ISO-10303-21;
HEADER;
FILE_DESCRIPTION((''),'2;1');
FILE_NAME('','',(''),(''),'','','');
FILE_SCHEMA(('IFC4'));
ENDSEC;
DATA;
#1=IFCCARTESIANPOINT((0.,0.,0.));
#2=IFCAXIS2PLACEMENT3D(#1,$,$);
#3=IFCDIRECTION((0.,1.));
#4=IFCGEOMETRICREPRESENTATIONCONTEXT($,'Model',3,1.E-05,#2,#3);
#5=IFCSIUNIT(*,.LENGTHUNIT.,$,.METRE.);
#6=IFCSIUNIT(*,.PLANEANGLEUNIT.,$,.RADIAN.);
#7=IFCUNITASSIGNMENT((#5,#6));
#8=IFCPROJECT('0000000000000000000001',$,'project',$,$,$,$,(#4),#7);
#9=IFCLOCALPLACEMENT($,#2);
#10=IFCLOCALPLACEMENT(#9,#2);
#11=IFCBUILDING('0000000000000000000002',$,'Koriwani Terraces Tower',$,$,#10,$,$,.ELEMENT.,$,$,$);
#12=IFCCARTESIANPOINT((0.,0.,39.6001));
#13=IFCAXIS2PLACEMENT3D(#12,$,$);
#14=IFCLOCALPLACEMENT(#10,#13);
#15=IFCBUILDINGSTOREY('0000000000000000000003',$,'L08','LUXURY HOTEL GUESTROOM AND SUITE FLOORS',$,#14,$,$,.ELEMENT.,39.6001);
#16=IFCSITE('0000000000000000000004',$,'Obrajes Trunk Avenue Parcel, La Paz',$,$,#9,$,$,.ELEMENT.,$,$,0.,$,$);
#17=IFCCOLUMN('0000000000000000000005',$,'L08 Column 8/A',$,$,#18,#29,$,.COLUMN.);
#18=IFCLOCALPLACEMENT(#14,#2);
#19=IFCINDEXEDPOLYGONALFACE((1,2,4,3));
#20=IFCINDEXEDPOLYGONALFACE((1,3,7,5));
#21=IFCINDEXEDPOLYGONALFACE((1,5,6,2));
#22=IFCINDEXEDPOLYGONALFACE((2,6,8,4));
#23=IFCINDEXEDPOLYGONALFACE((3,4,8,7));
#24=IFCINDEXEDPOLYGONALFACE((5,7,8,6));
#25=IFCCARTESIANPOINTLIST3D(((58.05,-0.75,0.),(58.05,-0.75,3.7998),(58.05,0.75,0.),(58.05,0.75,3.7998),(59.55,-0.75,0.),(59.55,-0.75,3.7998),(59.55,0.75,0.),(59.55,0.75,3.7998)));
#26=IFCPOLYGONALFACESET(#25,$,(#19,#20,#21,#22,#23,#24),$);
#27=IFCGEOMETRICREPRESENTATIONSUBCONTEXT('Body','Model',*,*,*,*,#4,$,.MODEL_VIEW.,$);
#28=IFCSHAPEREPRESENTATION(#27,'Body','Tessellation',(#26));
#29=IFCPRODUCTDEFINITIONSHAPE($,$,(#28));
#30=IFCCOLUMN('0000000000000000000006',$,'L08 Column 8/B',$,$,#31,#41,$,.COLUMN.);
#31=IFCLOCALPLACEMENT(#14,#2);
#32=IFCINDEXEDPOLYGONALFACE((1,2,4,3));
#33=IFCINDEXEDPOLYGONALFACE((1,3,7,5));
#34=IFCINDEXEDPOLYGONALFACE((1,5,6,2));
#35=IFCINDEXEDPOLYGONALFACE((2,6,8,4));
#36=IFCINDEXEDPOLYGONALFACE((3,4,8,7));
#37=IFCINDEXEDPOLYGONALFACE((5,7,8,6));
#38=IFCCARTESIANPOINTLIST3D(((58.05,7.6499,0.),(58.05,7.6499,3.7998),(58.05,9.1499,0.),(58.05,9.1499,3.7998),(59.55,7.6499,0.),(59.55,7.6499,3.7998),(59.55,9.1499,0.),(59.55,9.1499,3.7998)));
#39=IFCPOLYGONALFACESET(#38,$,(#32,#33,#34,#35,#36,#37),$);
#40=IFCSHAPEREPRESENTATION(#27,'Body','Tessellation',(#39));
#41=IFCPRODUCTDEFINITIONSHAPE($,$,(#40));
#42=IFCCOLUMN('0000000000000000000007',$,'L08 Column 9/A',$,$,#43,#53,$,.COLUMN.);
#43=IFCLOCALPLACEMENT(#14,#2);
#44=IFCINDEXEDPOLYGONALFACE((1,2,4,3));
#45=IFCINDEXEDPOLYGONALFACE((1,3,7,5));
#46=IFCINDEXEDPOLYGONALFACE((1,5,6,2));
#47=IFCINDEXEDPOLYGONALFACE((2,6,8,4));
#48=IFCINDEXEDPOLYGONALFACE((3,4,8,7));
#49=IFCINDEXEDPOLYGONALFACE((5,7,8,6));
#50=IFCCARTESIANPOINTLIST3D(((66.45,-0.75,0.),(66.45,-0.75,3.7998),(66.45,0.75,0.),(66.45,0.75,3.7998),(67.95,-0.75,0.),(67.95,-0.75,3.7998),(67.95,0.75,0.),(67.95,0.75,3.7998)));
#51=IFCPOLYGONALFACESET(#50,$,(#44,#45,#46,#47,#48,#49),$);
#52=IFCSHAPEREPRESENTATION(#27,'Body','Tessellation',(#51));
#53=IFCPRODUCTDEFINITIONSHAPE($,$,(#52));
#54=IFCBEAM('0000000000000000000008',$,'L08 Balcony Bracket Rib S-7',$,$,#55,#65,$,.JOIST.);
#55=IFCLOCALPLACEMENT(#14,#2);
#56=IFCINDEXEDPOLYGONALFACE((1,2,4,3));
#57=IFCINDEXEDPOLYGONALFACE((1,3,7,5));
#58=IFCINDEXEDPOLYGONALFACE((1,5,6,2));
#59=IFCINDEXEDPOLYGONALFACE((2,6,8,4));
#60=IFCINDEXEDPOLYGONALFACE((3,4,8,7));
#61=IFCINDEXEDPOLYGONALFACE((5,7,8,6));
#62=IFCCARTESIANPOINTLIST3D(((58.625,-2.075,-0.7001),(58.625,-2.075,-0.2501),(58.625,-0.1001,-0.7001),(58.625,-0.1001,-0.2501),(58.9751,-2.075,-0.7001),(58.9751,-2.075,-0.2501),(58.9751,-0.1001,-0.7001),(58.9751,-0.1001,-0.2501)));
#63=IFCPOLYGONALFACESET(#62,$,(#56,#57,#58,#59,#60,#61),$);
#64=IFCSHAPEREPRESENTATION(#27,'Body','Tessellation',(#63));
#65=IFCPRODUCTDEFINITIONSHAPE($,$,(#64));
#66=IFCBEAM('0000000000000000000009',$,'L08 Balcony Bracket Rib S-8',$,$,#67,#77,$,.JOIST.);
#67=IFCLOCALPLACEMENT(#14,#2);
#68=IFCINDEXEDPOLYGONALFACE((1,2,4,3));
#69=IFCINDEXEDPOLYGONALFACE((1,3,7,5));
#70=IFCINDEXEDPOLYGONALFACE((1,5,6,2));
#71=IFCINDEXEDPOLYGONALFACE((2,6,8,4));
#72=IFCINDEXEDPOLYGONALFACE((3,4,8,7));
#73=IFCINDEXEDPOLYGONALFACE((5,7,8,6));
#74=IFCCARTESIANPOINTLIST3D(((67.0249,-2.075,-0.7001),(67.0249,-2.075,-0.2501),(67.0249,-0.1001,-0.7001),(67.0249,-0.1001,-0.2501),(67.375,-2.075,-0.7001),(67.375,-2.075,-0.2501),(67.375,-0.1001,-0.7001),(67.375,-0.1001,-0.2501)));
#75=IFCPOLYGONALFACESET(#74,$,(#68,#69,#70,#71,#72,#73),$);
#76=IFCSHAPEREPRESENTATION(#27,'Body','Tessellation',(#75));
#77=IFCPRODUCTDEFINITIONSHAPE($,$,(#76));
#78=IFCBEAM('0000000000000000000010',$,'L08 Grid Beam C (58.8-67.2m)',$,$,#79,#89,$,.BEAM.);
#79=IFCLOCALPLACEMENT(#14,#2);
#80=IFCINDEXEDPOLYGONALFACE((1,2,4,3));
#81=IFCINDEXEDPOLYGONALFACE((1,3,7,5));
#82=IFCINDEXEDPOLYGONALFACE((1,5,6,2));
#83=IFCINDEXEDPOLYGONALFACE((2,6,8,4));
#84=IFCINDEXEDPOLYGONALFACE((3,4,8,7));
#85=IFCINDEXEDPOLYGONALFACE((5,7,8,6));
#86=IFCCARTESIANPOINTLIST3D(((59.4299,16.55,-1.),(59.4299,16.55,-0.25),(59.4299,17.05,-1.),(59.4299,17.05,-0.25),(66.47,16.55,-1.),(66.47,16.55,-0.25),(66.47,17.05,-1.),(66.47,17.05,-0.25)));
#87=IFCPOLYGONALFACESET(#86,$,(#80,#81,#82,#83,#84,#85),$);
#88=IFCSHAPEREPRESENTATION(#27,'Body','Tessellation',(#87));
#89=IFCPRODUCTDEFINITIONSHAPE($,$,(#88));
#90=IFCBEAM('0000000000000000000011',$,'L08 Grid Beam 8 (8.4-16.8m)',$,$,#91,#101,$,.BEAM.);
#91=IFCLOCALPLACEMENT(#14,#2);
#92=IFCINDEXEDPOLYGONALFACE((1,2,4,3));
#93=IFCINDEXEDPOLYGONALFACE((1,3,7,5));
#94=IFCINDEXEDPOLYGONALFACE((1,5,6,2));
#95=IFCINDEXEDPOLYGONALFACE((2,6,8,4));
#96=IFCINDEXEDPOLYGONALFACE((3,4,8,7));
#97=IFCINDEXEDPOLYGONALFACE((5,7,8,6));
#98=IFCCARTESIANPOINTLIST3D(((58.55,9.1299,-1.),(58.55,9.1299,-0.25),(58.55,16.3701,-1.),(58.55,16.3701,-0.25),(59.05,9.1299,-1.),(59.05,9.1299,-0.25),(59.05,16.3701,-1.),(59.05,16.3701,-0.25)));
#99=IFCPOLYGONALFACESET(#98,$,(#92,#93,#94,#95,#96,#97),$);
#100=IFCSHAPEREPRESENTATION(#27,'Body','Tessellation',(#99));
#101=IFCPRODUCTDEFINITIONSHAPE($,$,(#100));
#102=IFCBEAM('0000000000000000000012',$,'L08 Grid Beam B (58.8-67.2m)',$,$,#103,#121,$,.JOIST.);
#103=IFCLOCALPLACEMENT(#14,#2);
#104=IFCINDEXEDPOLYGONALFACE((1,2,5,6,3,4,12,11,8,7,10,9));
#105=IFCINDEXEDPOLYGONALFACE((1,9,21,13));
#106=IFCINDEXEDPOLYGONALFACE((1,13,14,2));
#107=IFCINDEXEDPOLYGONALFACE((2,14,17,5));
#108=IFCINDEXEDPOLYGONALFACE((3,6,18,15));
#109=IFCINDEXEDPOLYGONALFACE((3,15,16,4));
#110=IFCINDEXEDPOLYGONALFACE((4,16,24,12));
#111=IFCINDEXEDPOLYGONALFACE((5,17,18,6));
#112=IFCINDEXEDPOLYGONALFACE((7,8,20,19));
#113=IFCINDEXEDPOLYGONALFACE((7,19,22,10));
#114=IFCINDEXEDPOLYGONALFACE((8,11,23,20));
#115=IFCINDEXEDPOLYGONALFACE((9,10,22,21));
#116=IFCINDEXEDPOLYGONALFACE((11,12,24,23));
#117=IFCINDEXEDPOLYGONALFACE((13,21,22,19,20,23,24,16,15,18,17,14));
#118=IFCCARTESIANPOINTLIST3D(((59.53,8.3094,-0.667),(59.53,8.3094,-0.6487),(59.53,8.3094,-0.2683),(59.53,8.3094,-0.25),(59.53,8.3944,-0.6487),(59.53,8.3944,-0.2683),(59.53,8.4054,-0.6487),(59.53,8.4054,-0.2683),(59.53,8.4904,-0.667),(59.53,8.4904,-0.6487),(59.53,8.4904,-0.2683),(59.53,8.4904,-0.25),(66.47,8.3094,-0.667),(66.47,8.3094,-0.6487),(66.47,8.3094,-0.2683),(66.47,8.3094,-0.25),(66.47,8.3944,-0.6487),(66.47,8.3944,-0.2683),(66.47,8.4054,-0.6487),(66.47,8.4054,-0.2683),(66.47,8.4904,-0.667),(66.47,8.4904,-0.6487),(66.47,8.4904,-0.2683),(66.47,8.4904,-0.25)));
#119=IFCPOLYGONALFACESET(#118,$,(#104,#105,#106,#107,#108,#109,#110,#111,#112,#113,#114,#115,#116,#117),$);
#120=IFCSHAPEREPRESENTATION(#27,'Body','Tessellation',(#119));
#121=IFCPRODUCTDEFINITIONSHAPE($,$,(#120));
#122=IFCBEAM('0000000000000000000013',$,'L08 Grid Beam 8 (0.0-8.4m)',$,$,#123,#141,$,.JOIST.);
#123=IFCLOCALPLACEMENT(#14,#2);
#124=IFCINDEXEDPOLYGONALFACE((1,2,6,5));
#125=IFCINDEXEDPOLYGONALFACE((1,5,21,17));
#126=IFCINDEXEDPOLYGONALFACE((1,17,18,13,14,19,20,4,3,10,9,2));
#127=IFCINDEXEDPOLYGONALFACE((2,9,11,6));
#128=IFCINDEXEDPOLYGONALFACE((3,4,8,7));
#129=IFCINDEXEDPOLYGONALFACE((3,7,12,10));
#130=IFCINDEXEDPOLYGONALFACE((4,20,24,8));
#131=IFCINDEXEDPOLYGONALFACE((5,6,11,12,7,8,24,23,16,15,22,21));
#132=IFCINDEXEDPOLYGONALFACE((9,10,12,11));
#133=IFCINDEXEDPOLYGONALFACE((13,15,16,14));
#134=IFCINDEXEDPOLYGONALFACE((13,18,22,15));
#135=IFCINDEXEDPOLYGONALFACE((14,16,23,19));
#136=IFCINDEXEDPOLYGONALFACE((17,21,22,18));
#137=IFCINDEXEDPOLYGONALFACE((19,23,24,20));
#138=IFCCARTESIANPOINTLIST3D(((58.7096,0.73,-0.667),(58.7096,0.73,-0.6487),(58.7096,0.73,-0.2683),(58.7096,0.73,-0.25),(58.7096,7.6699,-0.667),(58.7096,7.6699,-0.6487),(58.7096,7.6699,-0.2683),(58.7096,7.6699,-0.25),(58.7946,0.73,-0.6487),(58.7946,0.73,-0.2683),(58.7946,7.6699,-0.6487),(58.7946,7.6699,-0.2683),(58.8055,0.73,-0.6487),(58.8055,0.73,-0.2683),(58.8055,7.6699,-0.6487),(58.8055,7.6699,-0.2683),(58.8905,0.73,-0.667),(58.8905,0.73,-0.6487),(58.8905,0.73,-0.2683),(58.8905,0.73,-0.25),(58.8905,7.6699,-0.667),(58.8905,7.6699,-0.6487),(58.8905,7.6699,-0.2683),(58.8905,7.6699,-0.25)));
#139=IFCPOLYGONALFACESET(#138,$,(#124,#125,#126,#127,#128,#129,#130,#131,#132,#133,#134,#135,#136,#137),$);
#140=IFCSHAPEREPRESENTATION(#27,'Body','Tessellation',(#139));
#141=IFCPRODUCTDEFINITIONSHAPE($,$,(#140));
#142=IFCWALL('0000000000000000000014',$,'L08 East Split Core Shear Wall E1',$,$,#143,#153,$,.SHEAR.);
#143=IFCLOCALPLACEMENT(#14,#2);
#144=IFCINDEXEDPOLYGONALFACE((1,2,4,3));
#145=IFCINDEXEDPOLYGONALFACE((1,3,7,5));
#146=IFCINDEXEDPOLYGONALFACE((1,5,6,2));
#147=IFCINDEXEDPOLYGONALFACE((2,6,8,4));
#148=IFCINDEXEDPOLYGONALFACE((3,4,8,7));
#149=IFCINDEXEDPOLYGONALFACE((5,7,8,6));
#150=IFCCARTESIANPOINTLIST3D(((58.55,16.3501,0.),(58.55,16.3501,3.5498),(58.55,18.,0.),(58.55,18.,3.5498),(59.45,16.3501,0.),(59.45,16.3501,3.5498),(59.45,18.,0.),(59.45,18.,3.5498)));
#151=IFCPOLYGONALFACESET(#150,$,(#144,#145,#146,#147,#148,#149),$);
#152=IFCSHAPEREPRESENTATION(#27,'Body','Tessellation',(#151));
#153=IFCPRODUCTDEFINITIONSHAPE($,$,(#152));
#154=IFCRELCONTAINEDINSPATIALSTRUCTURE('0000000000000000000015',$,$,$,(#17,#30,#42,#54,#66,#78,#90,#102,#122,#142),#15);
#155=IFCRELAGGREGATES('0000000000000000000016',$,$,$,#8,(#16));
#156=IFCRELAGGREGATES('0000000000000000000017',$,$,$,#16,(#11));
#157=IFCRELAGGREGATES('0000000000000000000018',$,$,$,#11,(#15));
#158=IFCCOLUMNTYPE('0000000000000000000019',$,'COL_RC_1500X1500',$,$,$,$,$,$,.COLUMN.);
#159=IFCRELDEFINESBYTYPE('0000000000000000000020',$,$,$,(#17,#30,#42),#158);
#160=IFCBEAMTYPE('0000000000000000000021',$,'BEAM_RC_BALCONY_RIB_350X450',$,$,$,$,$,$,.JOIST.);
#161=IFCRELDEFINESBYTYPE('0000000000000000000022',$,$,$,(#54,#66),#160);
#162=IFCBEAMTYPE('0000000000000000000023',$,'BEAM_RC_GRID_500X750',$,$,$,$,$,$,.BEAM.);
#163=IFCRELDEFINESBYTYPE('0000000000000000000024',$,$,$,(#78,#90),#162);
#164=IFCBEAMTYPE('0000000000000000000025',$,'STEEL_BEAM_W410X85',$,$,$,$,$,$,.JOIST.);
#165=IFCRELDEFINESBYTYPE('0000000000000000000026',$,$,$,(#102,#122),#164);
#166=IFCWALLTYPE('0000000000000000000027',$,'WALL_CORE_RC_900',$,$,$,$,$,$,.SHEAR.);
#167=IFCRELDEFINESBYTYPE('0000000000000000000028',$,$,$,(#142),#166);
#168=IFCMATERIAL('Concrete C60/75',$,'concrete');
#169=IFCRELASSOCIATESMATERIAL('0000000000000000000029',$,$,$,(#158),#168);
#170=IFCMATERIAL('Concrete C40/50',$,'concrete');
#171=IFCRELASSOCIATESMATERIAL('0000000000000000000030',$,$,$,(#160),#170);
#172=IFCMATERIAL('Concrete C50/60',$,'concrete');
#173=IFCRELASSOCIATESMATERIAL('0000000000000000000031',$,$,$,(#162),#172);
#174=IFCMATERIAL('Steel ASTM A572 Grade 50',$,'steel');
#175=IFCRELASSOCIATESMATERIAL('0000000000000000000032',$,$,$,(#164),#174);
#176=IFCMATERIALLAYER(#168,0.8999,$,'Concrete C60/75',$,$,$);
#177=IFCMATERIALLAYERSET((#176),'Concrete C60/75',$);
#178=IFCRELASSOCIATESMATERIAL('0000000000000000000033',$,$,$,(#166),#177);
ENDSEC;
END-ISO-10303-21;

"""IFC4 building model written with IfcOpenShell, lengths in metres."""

from ifc_helpers import new_model, si_unit, direction, frame, frame_2d, origin, origin_2d, place, context, subcontext, project, spatial, rectangle, i_section, extrude, material, layer, layer_set, material_profile, profile_set, type_object, element, save


model = new_model("IFC4")

# Units and contexts
model_context = context("Model", 3, precision=1e-05, world=origin(), true_north=direction((0.0, 1.0)))
body_context = subcontext(model_context, "Body", "Model", "MODEL_VIEW")
ifc_project = project(units=[si_unit("LENGTHUNIT", "METRE"), si_unit("PLANEANGLEUNIT", "RADIAN")], contexts=[model_context])

# Site, building, storey
site_placement = place(None, origin())
site = spatial("IfcSite", under=ifc_project, at=site_placement, Name="Obrajes Trunk Avenue Parcel, La Paz", CompositionType="ELEMENT", RefElevation=0.0)
building_placement = place(site_placement, origin())
building = spatial("IfcBuilding", under=site, at=building_placement, Name="Koriwani Terraces Tower", CompositionType="ELEMENT")
storey_placement = place(building_placement, frame((0.0, 0.0, 39.6001)))
storey = spatial("IfcBuildingStorey", under=building, at=storey_placement, Name="L08", Description="LUXURY HOTEL GUESTROOM AND SUITE FLOORS", CompositionType="ELEMENT", Elevation=39.6001)

# Columns
ifc_material_1 = material(Name="Concrete C60/75", Category="concrete")
ifc_material_profile_1 = material_profile(ifc_material_1, rectangle(XDim=1.5, YDim=1.5, at=origin_2d()), Name="Concrete C60/75", Category="LoadBearing")
ifc_profile_set_1 = profile_set([ifc_material_profile_1], Name="Concrete C60/75")
column_type = type_object("IfcColumnType", Name="COL_RC_1500X1500", PredefinedType="COLUMN", material=ifc_profile_set_1)
for number, where, z_axis, x_axis, name in (
    (1, (58.8, 0.0, 0.0), (0.0, 0.0, 1.0), (1.0, 0.0, 0.0), "L08 Column 8/A"),
    (2, (58.8, 8.3999, 0.0), (0.0, 0.0, 1.0), (1.0, 0.0, 0.0), "L08 Column 8/B"),
    (3, (67.2, 0.0, 0.0), (0.0, 0.0, 1.0), (1.0, 0.0, 0.0), "L08 Column 9/A"),
):
    element("IfcColumn", number, at=place(storey_placement, frame(where, z_axis=z_axis, x_axis=x_axis)), inside=storey, type_object=column_type, Name=name, PredefinedType="COLUMN", context=body_context, shape_type="SweptSolid", body=[
        extrude(rectangle(XDim=1.5, YDim=1.5, at=origin_2d()), origin(), (0.0, 0.0, 1.0), 3.7998),
    ])

# Beams
ifc_material_2 = material(Name="Concrete C40/50", Category="concrete")
ifc_material_profile_2 = material_profile(ifc_material_2, rectangle(XDim=0.3501, YDim=0.45, at=origin_2d()), Name="Concrete C40/50", Category="LoadBearing")
ifc_profile_set_2 = profile_set([ifc_material_profile_2], Name="Concrete C40/50")
beam_type_1 = type_object("IfcBeamType", Name="BEAM_RC_BALCONY_RIB_350X450", PredefinedType="JOIST", material=ifc_profile_set_2)
for number, where, z_axis, x_axis, name in (
    (4, (58.8, -2.075, -0.4751), (0.0, 1.0, 0.0), (-1.0, 0.0, 0.0), "L08 Balcony Bracket Rib S-7"),
    (5, (67.2, -2.075, -0.4751), (0.0, 1.0, 0.0), (-1.0, 0.0, 0.0), "L08 Balcony Bracket Rib S-8"),
):
    element("IfcBeam", number, at=place(storey_placement, frame(where, z_axis=z_axis, x_axis=x_axis)), inside=storey, type_object=beam_type_1, Name=name, PredefinedType="JOIST", context=body_context, shape_type="SweptSolid", body=[
        extrude(rectangle(XDim=0.3501, YDim=0.45, at=origin_2d()), origin(), (0.0, 0.0, 1.0), 1.9749),
    ])
ifc_material_3 = material(Name="Concrete C50/60", Category="concrete")
ifc_material_profile_3 = material_profile(ifc_material_3, rectangle(XDim=0.5, YDim=0.75, at=origin_2d()), Name="Concrete C50/60", Category="LoadBearing")
ifc_profile_set_3 = profile_set([ifc_material_profile_3], Name="Concrete C50/60")
beam_type_2 = type_object("IfcBeamType", Name="BEAM_RC_GRID_500X750", PredefinedType="BEAM", material=ifc_profile_set_3)
beam_1_placement = place(storey_placement, frame((59.4299, 16.8, -0.625), z_axis=(1.0, 0.0, 0.0), x_axis=(0.0, 1.0, 0.0)))
element("IfcBeam", 6, at=beam_1_placement, inside=storey, type_object=beam_type_2, Name="L08 Grid Beam C (58.8-67.2m)", PredefinedType="BEAM", context=body_context, shape_type="SweptSolid", body=[
    extrude(rectangle(XDim=0.5, YDim=0.75, at=origin_2d()), origin(), (0.0, 0.0, 1.0), 7.04),
])
beam_2_placement = place(storey_placement, frame((58.8, 9.1299, -0.625), z_axis=(0.0, 1.0, 0.0), x_axis=(-1.0, 0.0, 0.0)))
element("IfcBeam", 7, at=beam_2_placement, inside=storey, type_object=beam_type_2, Name="L08 Grid Beam 8 (8.4-16.8m)", PredefinedType="BEAM", context=body_context, shape_type="SweptSolid", body=[
    extrude(rectangle(XDim=0.5, YDim=0.75, at=origin_2d()), origin(), (0.0, 0.0, 1.0), 7.2402),
])
ifc_material_4 = material(Name="Steel ASTM A572 Grade 50", Category="steel")
ifc_material_profile_4 = material_profile(ifc_material_4, i_section(OverallWidth=0.1809, OverallDepth=0.417, WebThickness=0.011, FlangeThickness=0.0183, at=origin_2d()), Name="Steel ASTM A572 Grade 50", Category="LoadBearing")
ifc_profile_set_4 = profile_set([ifc_material_profile_4], Name="Steel ASTM A572 Grade 50")
beam_type_3 = type_object("IfcBeamType", Name="STEEL_BEAM_W410X85", PredefinedType="JOIST", material=ifc_profile_set_4)
for number, where, z_axis, x_axis, name in (
    (8, (59.53, 8.3999, -0.4585), (1.0, 0.0, 0.0), (0.0, 1.0, 0.0), "L08 Grid Beam B (58.8-67.2m)"),
    (9, (58.8, 0.73, -0.4585), (0.0, 1.0, 0.0), (-1.0, 0.0, 0.0), "L08 Grid Beam 8 (0.0-8.4m)"),
):
    element("IfcBeam", number, at=place(storey_placement, frame(where, z_axis=z_axis, x_axis=x_axis)), inside=storey, type_object=beam_type_3, Name=name, PredefinedType="JOIST", context=body_context, shape_type="SweptSolid", body=[
        extrude(i_section(OverallWidth=0.1809, OverallDepth=0.417, WebThickness=0.011, FlangeThickness=0.0183, at=origin_2d()), origin(), (0.0, 0.0, 1.0), 6.9399),
    ])

# Wall
ifc_layer_1 = layer(ifc_material_1, 0.8999, Name="Concrete C60/75")
ifc_layer_set_1 = layer_set([ifc_layer_1], Name="Concrete C60/75")
wall_type_1 = type_object("IfcWallType", Name="WALL_CORE_RC_900", PredefinedType="SHEAR", material=ifc_layer_set_1)
wall_1_placement = place(storey_placement, frame((59.0, 16.3501, 0.0), z_axis=(0.0, 0.0, 1.0), x_axis=(0.0, 1.0, 0.0)))
element("IfcWall", 10, at=wall_1_placement, inside=storey, type_object=wall_type_1, Name="L08 East Split Core Shear Wall E1", PredefinedType="SHEAR", context=body_context, shape_type="SweptSolid", body=[
    extrude(rectangle(XDim=1.6499, YDim=0.8999, at=frame_2d((0.825, 0.0))), origin(), (0.0, 0.0, 1.0), 3.5498),
])

save(model, "model.ifc")
